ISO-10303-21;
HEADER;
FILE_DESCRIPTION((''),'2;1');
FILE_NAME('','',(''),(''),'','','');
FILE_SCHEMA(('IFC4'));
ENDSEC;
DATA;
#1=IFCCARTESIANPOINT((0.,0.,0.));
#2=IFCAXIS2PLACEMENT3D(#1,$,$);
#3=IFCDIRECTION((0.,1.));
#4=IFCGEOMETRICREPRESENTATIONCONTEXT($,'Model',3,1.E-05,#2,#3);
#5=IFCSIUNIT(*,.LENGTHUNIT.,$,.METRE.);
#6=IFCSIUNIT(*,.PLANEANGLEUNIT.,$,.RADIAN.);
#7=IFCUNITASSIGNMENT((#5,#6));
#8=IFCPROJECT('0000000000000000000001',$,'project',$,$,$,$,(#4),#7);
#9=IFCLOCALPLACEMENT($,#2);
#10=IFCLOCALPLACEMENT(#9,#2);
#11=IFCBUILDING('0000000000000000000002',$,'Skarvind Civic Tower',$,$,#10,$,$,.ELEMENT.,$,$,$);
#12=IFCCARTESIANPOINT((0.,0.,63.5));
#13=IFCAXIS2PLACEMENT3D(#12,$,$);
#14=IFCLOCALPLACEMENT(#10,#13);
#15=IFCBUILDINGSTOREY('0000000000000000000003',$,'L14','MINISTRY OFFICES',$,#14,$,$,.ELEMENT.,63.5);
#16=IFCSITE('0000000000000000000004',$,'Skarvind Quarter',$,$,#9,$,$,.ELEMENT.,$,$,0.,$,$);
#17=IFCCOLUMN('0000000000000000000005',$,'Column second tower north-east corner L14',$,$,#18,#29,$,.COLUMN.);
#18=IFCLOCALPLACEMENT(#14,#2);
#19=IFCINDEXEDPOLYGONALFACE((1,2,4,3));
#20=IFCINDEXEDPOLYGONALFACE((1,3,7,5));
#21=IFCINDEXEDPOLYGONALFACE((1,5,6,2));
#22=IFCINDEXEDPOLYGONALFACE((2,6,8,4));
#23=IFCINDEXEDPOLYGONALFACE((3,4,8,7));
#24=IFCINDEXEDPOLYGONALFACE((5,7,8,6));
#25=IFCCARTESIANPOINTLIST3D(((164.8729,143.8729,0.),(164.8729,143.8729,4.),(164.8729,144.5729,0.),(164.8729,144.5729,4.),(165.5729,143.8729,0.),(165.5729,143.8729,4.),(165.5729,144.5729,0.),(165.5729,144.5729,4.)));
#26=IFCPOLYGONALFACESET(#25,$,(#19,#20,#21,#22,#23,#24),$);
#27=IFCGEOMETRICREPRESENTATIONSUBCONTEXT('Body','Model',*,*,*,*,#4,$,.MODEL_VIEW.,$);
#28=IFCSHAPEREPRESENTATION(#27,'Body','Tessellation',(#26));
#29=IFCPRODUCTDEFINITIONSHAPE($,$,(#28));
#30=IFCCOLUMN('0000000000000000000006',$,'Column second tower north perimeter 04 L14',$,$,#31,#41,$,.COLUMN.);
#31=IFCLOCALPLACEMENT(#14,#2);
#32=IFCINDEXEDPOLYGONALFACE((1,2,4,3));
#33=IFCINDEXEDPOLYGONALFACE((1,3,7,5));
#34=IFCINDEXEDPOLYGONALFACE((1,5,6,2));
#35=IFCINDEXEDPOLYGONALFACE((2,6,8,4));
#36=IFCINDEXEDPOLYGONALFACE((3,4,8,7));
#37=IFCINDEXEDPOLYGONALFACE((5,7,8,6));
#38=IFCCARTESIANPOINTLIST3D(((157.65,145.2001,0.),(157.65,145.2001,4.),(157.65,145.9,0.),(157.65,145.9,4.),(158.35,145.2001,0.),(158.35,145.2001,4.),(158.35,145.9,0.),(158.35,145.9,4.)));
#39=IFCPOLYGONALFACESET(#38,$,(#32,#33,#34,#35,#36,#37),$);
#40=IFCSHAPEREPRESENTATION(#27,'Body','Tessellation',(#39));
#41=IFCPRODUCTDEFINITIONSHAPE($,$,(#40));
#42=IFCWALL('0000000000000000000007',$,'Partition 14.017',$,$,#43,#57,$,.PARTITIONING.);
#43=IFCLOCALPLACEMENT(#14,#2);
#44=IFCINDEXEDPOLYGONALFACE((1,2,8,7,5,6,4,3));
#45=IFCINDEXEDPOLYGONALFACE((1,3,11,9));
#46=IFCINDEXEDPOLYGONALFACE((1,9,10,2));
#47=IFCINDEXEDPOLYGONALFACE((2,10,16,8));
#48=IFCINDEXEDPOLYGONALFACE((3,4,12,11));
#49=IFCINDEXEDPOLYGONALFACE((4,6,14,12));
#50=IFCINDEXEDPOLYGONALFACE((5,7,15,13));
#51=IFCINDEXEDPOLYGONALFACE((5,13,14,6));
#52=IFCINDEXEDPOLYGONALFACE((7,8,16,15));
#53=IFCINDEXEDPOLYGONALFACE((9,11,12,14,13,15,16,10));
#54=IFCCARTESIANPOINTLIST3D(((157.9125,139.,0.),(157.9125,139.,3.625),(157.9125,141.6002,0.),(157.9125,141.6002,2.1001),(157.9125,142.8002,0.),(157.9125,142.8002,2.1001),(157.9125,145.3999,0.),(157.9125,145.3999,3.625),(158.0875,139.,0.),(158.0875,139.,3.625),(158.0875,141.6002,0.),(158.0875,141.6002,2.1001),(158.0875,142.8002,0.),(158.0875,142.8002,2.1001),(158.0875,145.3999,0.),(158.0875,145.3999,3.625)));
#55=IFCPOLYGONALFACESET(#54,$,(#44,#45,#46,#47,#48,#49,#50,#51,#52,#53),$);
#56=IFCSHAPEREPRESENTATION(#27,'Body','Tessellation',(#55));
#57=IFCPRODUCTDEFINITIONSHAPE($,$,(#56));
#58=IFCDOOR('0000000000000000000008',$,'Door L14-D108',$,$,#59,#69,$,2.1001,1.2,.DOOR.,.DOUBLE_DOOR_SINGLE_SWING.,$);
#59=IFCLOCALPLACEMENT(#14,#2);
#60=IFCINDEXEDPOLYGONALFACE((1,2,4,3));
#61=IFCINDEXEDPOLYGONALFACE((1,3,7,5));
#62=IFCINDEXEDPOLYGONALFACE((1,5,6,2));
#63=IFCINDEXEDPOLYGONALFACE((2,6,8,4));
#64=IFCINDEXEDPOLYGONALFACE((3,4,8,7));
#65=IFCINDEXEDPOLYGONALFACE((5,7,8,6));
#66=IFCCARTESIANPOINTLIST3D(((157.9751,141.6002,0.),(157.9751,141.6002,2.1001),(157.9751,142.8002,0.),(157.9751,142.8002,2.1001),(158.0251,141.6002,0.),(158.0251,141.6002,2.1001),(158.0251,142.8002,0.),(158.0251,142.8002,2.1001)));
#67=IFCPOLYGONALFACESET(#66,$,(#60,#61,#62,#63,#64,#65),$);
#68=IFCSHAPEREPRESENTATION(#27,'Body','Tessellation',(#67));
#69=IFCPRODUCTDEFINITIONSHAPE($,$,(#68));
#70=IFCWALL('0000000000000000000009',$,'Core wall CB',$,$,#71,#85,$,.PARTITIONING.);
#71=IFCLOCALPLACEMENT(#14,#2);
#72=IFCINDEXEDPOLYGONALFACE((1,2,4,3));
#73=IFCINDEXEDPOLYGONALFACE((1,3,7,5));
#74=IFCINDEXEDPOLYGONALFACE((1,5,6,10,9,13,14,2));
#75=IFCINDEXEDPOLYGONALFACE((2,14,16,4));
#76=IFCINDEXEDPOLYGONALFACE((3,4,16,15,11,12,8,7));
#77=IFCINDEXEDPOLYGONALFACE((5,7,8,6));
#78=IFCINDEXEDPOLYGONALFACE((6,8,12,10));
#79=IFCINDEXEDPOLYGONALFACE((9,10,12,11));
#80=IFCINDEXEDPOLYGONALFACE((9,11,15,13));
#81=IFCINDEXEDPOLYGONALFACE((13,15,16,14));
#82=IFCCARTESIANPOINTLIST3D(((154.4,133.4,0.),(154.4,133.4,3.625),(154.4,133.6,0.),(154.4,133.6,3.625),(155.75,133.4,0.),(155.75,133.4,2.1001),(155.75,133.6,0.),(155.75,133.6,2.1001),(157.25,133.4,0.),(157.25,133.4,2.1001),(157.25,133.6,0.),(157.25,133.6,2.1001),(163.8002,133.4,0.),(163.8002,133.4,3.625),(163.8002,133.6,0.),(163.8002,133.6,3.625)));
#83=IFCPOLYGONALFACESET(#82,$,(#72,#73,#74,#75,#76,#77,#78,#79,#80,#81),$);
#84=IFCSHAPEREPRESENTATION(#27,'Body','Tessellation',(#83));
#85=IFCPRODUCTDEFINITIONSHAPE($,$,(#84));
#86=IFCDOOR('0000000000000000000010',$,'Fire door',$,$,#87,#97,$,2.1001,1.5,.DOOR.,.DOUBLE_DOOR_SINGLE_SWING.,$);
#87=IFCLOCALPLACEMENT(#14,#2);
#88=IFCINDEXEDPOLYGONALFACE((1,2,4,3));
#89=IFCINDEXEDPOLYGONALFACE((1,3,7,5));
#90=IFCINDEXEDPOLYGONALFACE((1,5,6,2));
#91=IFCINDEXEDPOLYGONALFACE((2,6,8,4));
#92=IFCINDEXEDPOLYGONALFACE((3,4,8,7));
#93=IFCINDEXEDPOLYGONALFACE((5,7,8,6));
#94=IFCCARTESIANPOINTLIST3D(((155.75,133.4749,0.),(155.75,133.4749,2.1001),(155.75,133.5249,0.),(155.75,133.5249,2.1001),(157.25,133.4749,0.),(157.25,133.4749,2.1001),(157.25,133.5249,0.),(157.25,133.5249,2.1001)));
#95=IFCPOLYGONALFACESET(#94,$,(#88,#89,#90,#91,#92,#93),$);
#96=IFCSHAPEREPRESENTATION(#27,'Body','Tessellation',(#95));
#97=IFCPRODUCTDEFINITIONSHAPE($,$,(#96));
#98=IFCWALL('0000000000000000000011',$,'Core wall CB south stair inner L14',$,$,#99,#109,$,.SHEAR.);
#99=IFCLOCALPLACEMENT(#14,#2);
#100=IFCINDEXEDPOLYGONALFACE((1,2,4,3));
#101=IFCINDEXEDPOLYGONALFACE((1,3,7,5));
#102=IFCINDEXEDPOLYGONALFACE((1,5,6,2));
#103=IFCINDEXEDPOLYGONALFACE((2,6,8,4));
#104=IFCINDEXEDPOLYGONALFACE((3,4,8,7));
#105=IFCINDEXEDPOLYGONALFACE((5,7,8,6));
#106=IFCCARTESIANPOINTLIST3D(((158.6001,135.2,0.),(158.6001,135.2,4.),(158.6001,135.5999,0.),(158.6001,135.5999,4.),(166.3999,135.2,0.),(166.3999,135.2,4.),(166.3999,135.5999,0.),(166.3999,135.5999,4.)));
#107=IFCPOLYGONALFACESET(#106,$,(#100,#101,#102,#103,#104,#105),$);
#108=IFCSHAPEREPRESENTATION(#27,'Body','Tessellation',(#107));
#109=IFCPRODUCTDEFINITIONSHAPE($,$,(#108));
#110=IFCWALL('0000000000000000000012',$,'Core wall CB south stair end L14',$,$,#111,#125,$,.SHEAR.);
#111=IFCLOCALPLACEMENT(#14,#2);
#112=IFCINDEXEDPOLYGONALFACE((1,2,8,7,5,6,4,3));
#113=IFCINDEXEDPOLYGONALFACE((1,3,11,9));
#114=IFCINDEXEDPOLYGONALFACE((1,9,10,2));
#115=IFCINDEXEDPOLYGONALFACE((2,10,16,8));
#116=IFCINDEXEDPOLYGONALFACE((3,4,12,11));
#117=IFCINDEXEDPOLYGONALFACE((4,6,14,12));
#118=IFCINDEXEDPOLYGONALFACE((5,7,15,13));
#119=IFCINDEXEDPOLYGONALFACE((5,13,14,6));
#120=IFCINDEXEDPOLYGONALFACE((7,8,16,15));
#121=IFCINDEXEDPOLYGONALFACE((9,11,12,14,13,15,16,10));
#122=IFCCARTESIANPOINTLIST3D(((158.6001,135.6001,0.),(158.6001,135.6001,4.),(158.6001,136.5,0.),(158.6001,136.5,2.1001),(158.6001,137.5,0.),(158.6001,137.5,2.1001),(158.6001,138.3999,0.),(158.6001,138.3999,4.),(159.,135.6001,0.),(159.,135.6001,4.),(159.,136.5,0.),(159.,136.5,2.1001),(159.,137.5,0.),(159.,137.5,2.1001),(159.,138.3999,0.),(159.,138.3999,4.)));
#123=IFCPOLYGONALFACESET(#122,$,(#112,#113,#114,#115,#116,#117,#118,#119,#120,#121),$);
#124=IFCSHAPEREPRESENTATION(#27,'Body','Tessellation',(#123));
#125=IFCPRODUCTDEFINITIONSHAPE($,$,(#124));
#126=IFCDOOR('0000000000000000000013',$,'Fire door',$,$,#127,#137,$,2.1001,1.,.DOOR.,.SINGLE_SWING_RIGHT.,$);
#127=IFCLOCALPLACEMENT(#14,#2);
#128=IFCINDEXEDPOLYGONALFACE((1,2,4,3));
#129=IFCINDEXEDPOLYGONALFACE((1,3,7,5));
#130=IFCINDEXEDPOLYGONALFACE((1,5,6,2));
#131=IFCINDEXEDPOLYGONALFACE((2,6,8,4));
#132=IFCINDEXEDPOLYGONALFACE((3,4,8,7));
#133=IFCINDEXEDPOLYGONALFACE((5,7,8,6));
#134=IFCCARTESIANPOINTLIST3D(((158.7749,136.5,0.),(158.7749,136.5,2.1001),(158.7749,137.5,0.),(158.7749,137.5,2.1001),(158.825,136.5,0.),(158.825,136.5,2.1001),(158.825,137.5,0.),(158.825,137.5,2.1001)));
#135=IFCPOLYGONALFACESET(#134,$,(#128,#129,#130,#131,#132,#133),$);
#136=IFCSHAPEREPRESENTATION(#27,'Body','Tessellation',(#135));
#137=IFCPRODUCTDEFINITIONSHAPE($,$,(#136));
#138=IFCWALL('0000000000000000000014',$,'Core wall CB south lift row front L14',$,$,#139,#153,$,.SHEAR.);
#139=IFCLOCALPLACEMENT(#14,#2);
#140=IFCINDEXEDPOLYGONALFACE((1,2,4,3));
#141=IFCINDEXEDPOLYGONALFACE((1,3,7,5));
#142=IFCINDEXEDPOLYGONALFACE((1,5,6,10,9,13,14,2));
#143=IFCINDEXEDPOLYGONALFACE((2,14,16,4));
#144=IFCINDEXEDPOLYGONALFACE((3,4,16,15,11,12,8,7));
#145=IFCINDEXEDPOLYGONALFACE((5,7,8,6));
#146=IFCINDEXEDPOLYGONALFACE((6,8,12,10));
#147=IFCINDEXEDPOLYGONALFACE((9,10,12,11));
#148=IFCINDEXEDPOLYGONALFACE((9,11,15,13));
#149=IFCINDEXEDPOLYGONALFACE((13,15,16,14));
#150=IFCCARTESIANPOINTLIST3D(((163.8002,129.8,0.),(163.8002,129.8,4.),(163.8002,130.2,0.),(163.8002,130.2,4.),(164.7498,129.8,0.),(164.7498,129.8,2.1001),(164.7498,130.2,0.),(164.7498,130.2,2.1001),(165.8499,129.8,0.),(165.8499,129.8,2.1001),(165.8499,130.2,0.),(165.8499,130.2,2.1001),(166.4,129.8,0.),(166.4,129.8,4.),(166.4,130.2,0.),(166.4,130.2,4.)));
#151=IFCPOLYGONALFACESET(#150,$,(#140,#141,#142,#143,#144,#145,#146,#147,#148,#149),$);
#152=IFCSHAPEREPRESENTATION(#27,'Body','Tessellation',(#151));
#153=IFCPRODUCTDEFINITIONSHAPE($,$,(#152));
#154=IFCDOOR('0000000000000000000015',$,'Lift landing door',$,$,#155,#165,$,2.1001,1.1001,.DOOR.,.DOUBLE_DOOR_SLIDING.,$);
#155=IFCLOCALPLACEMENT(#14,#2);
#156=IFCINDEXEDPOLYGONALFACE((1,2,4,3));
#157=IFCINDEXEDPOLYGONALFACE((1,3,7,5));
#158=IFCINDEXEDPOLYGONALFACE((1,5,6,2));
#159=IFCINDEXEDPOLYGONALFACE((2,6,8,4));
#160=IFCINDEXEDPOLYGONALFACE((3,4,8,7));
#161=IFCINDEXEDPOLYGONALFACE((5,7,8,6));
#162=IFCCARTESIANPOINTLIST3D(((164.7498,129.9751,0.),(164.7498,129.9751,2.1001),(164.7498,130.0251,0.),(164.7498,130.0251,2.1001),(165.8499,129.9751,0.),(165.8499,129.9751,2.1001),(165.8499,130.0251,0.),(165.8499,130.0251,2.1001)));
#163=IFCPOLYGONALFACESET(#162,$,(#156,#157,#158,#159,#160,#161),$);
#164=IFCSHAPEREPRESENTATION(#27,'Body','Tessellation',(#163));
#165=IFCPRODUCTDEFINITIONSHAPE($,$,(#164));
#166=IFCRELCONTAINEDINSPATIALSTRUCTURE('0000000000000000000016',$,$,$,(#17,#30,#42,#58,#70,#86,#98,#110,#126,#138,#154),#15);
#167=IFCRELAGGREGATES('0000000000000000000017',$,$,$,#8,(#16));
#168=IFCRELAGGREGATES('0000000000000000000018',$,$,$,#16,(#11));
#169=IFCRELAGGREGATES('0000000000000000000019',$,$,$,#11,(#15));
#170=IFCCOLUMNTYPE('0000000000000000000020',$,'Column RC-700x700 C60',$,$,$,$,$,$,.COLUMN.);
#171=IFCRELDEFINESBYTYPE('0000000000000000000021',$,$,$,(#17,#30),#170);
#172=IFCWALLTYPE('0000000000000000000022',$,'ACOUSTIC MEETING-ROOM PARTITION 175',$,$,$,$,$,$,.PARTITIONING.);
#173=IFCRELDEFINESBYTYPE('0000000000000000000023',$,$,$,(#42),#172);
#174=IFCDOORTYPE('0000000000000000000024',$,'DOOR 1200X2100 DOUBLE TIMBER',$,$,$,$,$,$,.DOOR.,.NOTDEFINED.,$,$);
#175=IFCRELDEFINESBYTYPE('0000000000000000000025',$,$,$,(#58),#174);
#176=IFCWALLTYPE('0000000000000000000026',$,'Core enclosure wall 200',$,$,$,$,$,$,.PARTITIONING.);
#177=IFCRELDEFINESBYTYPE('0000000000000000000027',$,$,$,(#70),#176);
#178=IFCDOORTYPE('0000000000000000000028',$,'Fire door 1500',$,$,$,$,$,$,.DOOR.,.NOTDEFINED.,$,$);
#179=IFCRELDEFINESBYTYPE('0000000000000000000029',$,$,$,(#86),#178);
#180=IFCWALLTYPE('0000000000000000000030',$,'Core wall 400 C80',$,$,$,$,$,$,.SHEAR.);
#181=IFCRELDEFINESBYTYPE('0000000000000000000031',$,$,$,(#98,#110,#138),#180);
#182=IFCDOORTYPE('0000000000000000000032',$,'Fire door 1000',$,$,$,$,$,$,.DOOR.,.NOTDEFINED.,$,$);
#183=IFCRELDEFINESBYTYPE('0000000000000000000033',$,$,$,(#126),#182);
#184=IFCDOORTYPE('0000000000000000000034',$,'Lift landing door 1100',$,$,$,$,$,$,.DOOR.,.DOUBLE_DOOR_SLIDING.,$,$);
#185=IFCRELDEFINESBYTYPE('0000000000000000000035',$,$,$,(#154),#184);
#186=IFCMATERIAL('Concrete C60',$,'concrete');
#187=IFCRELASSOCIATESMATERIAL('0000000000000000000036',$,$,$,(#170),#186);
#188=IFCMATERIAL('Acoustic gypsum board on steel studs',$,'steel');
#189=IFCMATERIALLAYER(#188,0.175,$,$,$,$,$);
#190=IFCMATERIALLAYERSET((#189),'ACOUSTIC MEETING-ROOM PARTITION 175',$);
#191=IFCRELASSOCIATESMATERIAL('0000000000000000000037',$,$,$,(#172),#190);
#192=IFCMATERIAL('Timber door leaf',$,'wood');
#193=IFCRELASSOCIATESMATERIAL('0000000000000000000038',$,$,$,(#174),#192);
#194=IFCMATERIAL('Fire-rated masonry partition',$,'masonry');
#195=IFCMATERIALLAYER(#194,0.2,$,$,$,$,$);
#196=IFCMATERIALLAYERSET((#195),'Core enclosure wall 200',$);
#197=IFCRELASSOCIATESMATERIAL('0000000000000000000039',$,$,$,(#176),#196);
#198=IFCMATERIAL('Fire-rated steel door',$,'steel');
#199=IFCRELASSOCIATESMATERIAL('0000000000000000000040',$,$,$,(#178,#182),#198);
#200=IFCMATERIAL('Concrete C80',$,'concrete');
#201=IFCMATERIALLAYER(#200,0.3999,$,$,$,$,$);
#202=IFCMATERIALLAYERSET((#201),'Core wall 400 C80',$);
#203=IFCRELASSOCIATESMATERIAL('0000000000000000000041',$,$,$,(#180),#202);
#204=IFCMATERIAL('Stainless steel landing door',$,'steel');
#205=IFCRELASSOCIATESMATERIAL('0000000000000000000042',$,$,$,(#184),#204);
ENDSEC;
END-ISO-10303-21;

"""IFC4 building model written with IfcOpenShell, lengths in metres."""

from ifc_helpers import new_model, si_unit, direction, frame, frame_2d, origin, origin_2d, place, context, subcontext, project, spatial, rectangle, extrude, material, layer, layer_set, material_profile, profile_set, type_object, element, fill, save


model = new_model("IFC4")

# Units and contexts
model_context = context("Model", 3, precision=1e-05, world=origin(), true_north=direction((0.0, 1.0)))
body_context = subcontext(model_context, "Body", "Model", "MODEL_VIEW")
ifc_project = project(units=[si_unit("LENGTHUNIT", "METRE"), si_unit("PLANEANGLEUNIT", "RADIAN")], contexts=[model_context])

# Site, building, storey
site_placement = place(None, origin())
site = spatial("IfcSite", under=ifc_project, at=site_placement, Name="Skarvind Quarter", CompositionType="ELEMENT", RefElevation=0.0)
building_placement = place(site_placement, origin())
building = spatial("IfcBuilding", under=site, at=building_placement, Name="Skarvind Civic Tower", CompositionType="ELEMENT")
storey_placement = place(building_placement, frame((0.0, 0.0, 63.5)))
storey = spatial("IfcBuildingStorey", under=building, at=storey_placement, Name="L14", Description="MINISTRY OFFICES", CompositionType="ELEMENT", Elevation=63.5)

# Columns
ifc_material_1 = material(Name="Concrete C60", Category="concrete")
ifc_material_profile = material_profile(ifc_material_1, rectangle(XDim=0.7, YDim=0.7, at=origin_2d()), Name="RC-700x700")
ifc_profile_set = profile_set([ifc_material_profile], Name="Concrete C60")
column_type = type_object("IfcColumnType", Name="Column RC-700x700 C60", PredefinedType="COLUMN", material=ifc_profile_set)
for number, where, z_axis, x_axis, name in (
    (1, (165.2229, 144.2229, 0.0), (0.0, 0.0, 1.0), (1.0, 0.0, 0.0), "Column second tower north-east corner L14"),
    (2, (158.0, 145.55, 0.0), (0.0, 0.0, 1.0), (1.0, 0.0, 0.0), "Column second tower north perimeter 04 L14"),
):
    element("IfcColumn", number, at=place(storey_placement, frame(where, z_axis=z_axis, x_axis=x_axis)), inside=storey, type_object=column_type, Name=name, PredefinedType="COLUMN", context=body_context, shape_type="SweptSolid", body=[
        extrude(rectangle(XDim=0.7, YDim=0.7, at=origin_2d()), origin(), (0.0, 0.0, 1.0), 4.0),
    ])

# Walls, openings, doors
ifc_material_2 = material(Name="Acoustic gypsum board on steel studs", Category="steel")
ifc_layer_1 = layer(ifc_material_2, 0.175)
ifc_layer_set_1 = layer_set([ifc_layer_1], Name="ACOUSTIC MEETING-ROOM PARTITION 175")
wall_type_1 = type_object("IfcWallType", Name="ACOUSTIC MEETING-ROOM PARTITION 175", PredefinedType="PARTITIONING", material=ifc_layer_set_1)
wall_1_placement = place(storey_placement, frame((158.0, 139.0, 0.0), z_axis=(0.0, 0.0, 1.0), x_axis=(0.0, 1.0, 0.0)))
wall_1 = element("IfcWall", 3, at=wall_1_placement, inside=storey, type_object=wall_type_1, Name="Partition 14.017", PredefinedType="PARTITIONING", context=body_context, shape_type="SweptSolid", body=[
    extrude(rectangle(XDim=6.3999, YDim=0.175, at=frame_2d((3.2, 0.0))), origin(), (0.0, 0.0, 1.0), 3.625),
])
opening_1_placement = place(wall_1_placement, frame((2.6001, 0.0, 0.0)))
opening_1 = element("IfcOpeningElement", 4, at=opening_1_placement, cuts=wall_1, PredefinedType="OPENING", context=body_context, shape_type="SweptSolid", body=[
    extrude(rectangle(XDim=1.2, YDim=2.1001, at=frame_2d((0.6001, 1.05))), frame((0.0, 0.0974, 0.0), z_axis=(0.0, -1.0, 0.0), x_axis=(1.0, 0.0, 0.0)), (0.0, 0.0, 1.0), 0.1951),
])
ifc_material_3 = material(Name="Timber door leaf", Category="wood")
door_type_1 = type_object("IfcDoorType", Name="DOOR 1200X2100 DOUBLE TIMBER", OperationType="NOTDEFINED", PredefinedType="DOOR", material=ifc_material_3)
door_1_placement = place(opening_1_placement, origin())
door_1 = element("IfcDoor", 5, at=door_1_placement, inside=storey, type_object=door_type_1, Name="Door L14-D108", OperationType="DOUBLE_DOOR_SINGLE_SWING", OverallHeight=2.1001, OverallWidth=1.2, PredefinedType="DOOR", context=body_context, shape_type="SweptSolid", body=[
    extrude(rectangle(XDim=1.2, YDim=2.1001, at=frame_2d((0.6001, 1.05))), frame((0.0, 0.0249, 0.0), z_axis=(0.0, -1.0, 0.0), x_axis=(1.0, 0.0, 0.0)), (0.0, 0.0, 1.0), 0.05),
])
fill(opening_1, door_1)
ifc_material_4 = material(Name="Fire-rated masonry partition", Category="masonry")
ifc_layer_2 = layer(ifc_material_4, 0.2)
ifc_layer_set_2 = layer_set([ifc_layer_2], Name="Core enclosure wall 200")
wall_type_2 = type_object("IfcWallType", Name="Core enclosure wall 200", PredefinedType="PARTITIONING", material=ifc_layer_set_2)
wall_2_placement = place(storey_placement, frame((154.3999, 133.5, 0.0), z_axis=(0.0, 0.0, 1.0), x_axis=(1.0, 0.0, 0.0)))
wall_2 = element("IfcWall", 6, at=wall_2_placement, inside=storey, type_object=wall_type_2, Name="Core wall CB", PredefinedType="PARTITIONING", context=body_context, shape_type="SweptSolid", body=[
    extrude(rectangle(XDim=9.4001, YDim=0.2, at=frame_2d((4.7002, 0.0))), origin(), (0.0, 0.0, 1.0), 3.625),
])
opening_2_placement = place(wall_2_placement, frame((1.3501, 0.0, 0.0)))
opening_2 = element("IfcOpeningElement", 7, at=opening_2_placement, cuts=wall_2, PredefinedType="OPENING", context=body_context, shape_type="SweptSolid", body=[
    extrude(rectangle(XDim=1.5, YDim=2.1001, at=frame_2d((0.75, 1.05))), frame((0.0, 0.1099, 0.0), z_axis=(0.0, -1.0, 0.0), x_axis=(1.0, 0.0, 0.0)), (0.0, 0.0, 1.0), 0.22),
])
ifc_material_5 = material(Name="Fire-rated steel door", Category="steel")
door_type_2 = type_object("IfcDoorType", Name="Fire door 1500", OperationType="NOTDEFINED", PredefinedType="DOOR", material=ifc_material_5)
door_2_placement = place(opening_2_placement, origin())
door_2 = element("IfcDoor", 8, at=door_2_placement, inside=storey, type_object=door_type_2, Name="Fire door", OperationType="DOUBLE_DOOR_SINGLE_SWING", OverallHeight=2.1001, OverallWidth=1.5, PredefinedType="DOOR", context=body_context, shape_type="SweptSolid", body=[
    extrude(rectangle(XDim=1.5, YDim=2.1001, at=frame_2d((0.75, 1.05))), frame((0.0, 0.0249, 0.0), z_axis=(0.0, -1.0, 0.0), x_axis=(1.0, 0.0, 0.0)), (0.0, 0.0, 1.0), 0.05),
])
fill(opening_2, door_2)

# Wall
ifc_material_6 = material(Name="Concrete C80", Category="concrete")
ifc_layer_3 = layer(ifc_material_6, 0.3999)
ifc_layer_set_3 = layer_set([ifc_layer_3], Name="Core wall 400 C80")
wall_type_3 = type_object("IfcWallType", Name="Core wall 400 C80", PredefinedType="SHEAR", material=ifc_layer_set_3)
wall_3_placement = place(storey_placement, frame((166.3999, 135.3999, 0.0), z_axis=(0.0, 0.0, 1.0), x_axis=(-1.0, 0.0, 0.0)))
element("IfcWall", 9, at=wall_3_placement, inside=storey, type_object=wall_type_3, Name="Core wall CB south stair inner L14", PredefinedType="SHEAR", context=body_context, shape_type="SweptSolid", body=[
    extrude(rectangle(XDim=7.7998, YDim=0.3999, at=frame_2d((3.8999, 0.0))), origin(), (0.0, 0.0, 1.0), 4.0),
])

# Walls, openings, doors
wall_4_placement = place(storey_placement, frame((158.8, 138.3999, 0.0), z_axis=(0.0, 0.0, 1.0), x_axis=(0.0, -1.0, 0.0)))
wall_4 = element("IfcWall", 10, at=wall_4_placement, inside=storey, type_object=wall_type_3, Name="Core wall CB south stair end L14", PredefinedType="SHEAR", context=body_context, shape_type="SweptSolid", body=[
    extrude(rectangle(XDim=2.7998, YDim=0.3999, at=frame_2d((1.3999, 0.0))), origin(), (0.0, 0.0, 1.0), 4.0),
])
opening_3_placement = place(wall_4_placement, frame((0.8999, 0.0, 0.0)))
opening_3 = element("IfcOpeningElement", 11, at=opening_3_placement, cuts=wall_4, PredefinedType="OPENING", context=body_context, shape_type="SweptSolid", body=[
    extrude(rectangle(XDim=1.0, YDim=2.1001, at=frame_2d((0.5, 1.05))), frame((0.0, 0.21, 0.0), z_axis=(0.0, -1.0, 0.0), x_axis=(1.0, 0.0, 0.0)), (0.0, 0.0, 1.0), 0.4199),
])
door_type_3 = type_object("IfcDoorType", Name="Fire door 1000", OperationType="NOTDEFINED", PredefinedType="DOOR", material=ifc_material_5)
door_3_placement = place(opening_3_placement, origin())
door_3 = element("IfcDoor", 12, at=door_3_placement, inside=storey, type_object=door_type_3, Name="Fire door", OperationType="SINGLE_SWING_RIGHT", OverallHeight=2.1001, OverallWidth=1.0, PredefinedType="DOOR", context=body_context, shape_type="SweptSolid", body=[
    extrude(rectangle(XDim=1.0, YDim=2.1001, at=frame_2d((0.5, 1.05))), frame((0.0, 0.0249, 0.0), z_axis=(0.0, -1.0, 0.0), x_axis=(1.0, 0.0, 0.0)), (0.0, 0.0, 1.0), 0.05),
])
fill(opening_3, door_3)
wall_5_placement = place(storey_placement, frame((166.3999, 130.0, 0.0), z_axis=(0.0, 0.0, 1.0), x_axis=(-1.0, 0.0, 0.0)))
wall_5 = element("IfcWall", 13, at=wall_5_placement, inside=storey, type_object=wall_type_3, Name="Core wall CB south lift row front L14", PredefinedType="SHEAR", context=body_context, shape_type="SweptSolid", body=[
    extrude(rectangle(XDim=2.5999, YDim=0.3999, at=frame_2d((1.2998, 0.0))), origin(), (0.0, 0.0, 1.0), 4.0),
])
opening_4_placement = place(wall_5_placement, frame((0.55, 0.0, 0.0)))
opening_4 = element("IfcOpeningElement", 14, at=opening_4_placement, cuts=wall_5, PredefinedType="OPENING", context=body_context, shape_type="SweptSolid", body=[
    extrude(rectangle(XDim=1.1001, YDim=2.1001, at=frame_2d((0.55, 1.05))), frame((0.0, 0.21, 0.0), z_axis=(0.0, -1.0, 0.0), x_axis=(1.0, 0.0, 0.0)), (0.0, 0.0, 1.0), 0.4199),
])
ifc_material_7 = material(Name="Stainless steel landing door", Category="steel")
door_type_4 = type_object("IfcDoorType", Name="Lift landing door 1100", OperationType="DOUBLE_DOOR_SLIDING", PredefinedType="DOOR", material=ifc_material_7)
door_4_placement = place(opening_4_placement, origin())
door_4 = element("IfcDoor", 15, at=door_4_placement, inside=storey, type_object=door_type_4, Name="Lift landing door", OperationType="DOUBLE_DOOR_SLIDING", OverallHeight=2.1001, OverallWidth=1.1001, PredefinedType="DOOR", context=body_context, shape_type="SweptSolid", body=[
    extrude(rectangle(XDim=1.1001, YDim=2.1001, at=frame_2d((0.55, 1.05))), frame((0.0, 0.0249, 0.0), z_axis=(0.0, -1.0, 0.0), x_axis=(1.0, 0.0, 0.0)), (0.0, 0.0, 1.0), 0.05),
])
fill(opening_4, door_4)

save(model, "model.ifc")
